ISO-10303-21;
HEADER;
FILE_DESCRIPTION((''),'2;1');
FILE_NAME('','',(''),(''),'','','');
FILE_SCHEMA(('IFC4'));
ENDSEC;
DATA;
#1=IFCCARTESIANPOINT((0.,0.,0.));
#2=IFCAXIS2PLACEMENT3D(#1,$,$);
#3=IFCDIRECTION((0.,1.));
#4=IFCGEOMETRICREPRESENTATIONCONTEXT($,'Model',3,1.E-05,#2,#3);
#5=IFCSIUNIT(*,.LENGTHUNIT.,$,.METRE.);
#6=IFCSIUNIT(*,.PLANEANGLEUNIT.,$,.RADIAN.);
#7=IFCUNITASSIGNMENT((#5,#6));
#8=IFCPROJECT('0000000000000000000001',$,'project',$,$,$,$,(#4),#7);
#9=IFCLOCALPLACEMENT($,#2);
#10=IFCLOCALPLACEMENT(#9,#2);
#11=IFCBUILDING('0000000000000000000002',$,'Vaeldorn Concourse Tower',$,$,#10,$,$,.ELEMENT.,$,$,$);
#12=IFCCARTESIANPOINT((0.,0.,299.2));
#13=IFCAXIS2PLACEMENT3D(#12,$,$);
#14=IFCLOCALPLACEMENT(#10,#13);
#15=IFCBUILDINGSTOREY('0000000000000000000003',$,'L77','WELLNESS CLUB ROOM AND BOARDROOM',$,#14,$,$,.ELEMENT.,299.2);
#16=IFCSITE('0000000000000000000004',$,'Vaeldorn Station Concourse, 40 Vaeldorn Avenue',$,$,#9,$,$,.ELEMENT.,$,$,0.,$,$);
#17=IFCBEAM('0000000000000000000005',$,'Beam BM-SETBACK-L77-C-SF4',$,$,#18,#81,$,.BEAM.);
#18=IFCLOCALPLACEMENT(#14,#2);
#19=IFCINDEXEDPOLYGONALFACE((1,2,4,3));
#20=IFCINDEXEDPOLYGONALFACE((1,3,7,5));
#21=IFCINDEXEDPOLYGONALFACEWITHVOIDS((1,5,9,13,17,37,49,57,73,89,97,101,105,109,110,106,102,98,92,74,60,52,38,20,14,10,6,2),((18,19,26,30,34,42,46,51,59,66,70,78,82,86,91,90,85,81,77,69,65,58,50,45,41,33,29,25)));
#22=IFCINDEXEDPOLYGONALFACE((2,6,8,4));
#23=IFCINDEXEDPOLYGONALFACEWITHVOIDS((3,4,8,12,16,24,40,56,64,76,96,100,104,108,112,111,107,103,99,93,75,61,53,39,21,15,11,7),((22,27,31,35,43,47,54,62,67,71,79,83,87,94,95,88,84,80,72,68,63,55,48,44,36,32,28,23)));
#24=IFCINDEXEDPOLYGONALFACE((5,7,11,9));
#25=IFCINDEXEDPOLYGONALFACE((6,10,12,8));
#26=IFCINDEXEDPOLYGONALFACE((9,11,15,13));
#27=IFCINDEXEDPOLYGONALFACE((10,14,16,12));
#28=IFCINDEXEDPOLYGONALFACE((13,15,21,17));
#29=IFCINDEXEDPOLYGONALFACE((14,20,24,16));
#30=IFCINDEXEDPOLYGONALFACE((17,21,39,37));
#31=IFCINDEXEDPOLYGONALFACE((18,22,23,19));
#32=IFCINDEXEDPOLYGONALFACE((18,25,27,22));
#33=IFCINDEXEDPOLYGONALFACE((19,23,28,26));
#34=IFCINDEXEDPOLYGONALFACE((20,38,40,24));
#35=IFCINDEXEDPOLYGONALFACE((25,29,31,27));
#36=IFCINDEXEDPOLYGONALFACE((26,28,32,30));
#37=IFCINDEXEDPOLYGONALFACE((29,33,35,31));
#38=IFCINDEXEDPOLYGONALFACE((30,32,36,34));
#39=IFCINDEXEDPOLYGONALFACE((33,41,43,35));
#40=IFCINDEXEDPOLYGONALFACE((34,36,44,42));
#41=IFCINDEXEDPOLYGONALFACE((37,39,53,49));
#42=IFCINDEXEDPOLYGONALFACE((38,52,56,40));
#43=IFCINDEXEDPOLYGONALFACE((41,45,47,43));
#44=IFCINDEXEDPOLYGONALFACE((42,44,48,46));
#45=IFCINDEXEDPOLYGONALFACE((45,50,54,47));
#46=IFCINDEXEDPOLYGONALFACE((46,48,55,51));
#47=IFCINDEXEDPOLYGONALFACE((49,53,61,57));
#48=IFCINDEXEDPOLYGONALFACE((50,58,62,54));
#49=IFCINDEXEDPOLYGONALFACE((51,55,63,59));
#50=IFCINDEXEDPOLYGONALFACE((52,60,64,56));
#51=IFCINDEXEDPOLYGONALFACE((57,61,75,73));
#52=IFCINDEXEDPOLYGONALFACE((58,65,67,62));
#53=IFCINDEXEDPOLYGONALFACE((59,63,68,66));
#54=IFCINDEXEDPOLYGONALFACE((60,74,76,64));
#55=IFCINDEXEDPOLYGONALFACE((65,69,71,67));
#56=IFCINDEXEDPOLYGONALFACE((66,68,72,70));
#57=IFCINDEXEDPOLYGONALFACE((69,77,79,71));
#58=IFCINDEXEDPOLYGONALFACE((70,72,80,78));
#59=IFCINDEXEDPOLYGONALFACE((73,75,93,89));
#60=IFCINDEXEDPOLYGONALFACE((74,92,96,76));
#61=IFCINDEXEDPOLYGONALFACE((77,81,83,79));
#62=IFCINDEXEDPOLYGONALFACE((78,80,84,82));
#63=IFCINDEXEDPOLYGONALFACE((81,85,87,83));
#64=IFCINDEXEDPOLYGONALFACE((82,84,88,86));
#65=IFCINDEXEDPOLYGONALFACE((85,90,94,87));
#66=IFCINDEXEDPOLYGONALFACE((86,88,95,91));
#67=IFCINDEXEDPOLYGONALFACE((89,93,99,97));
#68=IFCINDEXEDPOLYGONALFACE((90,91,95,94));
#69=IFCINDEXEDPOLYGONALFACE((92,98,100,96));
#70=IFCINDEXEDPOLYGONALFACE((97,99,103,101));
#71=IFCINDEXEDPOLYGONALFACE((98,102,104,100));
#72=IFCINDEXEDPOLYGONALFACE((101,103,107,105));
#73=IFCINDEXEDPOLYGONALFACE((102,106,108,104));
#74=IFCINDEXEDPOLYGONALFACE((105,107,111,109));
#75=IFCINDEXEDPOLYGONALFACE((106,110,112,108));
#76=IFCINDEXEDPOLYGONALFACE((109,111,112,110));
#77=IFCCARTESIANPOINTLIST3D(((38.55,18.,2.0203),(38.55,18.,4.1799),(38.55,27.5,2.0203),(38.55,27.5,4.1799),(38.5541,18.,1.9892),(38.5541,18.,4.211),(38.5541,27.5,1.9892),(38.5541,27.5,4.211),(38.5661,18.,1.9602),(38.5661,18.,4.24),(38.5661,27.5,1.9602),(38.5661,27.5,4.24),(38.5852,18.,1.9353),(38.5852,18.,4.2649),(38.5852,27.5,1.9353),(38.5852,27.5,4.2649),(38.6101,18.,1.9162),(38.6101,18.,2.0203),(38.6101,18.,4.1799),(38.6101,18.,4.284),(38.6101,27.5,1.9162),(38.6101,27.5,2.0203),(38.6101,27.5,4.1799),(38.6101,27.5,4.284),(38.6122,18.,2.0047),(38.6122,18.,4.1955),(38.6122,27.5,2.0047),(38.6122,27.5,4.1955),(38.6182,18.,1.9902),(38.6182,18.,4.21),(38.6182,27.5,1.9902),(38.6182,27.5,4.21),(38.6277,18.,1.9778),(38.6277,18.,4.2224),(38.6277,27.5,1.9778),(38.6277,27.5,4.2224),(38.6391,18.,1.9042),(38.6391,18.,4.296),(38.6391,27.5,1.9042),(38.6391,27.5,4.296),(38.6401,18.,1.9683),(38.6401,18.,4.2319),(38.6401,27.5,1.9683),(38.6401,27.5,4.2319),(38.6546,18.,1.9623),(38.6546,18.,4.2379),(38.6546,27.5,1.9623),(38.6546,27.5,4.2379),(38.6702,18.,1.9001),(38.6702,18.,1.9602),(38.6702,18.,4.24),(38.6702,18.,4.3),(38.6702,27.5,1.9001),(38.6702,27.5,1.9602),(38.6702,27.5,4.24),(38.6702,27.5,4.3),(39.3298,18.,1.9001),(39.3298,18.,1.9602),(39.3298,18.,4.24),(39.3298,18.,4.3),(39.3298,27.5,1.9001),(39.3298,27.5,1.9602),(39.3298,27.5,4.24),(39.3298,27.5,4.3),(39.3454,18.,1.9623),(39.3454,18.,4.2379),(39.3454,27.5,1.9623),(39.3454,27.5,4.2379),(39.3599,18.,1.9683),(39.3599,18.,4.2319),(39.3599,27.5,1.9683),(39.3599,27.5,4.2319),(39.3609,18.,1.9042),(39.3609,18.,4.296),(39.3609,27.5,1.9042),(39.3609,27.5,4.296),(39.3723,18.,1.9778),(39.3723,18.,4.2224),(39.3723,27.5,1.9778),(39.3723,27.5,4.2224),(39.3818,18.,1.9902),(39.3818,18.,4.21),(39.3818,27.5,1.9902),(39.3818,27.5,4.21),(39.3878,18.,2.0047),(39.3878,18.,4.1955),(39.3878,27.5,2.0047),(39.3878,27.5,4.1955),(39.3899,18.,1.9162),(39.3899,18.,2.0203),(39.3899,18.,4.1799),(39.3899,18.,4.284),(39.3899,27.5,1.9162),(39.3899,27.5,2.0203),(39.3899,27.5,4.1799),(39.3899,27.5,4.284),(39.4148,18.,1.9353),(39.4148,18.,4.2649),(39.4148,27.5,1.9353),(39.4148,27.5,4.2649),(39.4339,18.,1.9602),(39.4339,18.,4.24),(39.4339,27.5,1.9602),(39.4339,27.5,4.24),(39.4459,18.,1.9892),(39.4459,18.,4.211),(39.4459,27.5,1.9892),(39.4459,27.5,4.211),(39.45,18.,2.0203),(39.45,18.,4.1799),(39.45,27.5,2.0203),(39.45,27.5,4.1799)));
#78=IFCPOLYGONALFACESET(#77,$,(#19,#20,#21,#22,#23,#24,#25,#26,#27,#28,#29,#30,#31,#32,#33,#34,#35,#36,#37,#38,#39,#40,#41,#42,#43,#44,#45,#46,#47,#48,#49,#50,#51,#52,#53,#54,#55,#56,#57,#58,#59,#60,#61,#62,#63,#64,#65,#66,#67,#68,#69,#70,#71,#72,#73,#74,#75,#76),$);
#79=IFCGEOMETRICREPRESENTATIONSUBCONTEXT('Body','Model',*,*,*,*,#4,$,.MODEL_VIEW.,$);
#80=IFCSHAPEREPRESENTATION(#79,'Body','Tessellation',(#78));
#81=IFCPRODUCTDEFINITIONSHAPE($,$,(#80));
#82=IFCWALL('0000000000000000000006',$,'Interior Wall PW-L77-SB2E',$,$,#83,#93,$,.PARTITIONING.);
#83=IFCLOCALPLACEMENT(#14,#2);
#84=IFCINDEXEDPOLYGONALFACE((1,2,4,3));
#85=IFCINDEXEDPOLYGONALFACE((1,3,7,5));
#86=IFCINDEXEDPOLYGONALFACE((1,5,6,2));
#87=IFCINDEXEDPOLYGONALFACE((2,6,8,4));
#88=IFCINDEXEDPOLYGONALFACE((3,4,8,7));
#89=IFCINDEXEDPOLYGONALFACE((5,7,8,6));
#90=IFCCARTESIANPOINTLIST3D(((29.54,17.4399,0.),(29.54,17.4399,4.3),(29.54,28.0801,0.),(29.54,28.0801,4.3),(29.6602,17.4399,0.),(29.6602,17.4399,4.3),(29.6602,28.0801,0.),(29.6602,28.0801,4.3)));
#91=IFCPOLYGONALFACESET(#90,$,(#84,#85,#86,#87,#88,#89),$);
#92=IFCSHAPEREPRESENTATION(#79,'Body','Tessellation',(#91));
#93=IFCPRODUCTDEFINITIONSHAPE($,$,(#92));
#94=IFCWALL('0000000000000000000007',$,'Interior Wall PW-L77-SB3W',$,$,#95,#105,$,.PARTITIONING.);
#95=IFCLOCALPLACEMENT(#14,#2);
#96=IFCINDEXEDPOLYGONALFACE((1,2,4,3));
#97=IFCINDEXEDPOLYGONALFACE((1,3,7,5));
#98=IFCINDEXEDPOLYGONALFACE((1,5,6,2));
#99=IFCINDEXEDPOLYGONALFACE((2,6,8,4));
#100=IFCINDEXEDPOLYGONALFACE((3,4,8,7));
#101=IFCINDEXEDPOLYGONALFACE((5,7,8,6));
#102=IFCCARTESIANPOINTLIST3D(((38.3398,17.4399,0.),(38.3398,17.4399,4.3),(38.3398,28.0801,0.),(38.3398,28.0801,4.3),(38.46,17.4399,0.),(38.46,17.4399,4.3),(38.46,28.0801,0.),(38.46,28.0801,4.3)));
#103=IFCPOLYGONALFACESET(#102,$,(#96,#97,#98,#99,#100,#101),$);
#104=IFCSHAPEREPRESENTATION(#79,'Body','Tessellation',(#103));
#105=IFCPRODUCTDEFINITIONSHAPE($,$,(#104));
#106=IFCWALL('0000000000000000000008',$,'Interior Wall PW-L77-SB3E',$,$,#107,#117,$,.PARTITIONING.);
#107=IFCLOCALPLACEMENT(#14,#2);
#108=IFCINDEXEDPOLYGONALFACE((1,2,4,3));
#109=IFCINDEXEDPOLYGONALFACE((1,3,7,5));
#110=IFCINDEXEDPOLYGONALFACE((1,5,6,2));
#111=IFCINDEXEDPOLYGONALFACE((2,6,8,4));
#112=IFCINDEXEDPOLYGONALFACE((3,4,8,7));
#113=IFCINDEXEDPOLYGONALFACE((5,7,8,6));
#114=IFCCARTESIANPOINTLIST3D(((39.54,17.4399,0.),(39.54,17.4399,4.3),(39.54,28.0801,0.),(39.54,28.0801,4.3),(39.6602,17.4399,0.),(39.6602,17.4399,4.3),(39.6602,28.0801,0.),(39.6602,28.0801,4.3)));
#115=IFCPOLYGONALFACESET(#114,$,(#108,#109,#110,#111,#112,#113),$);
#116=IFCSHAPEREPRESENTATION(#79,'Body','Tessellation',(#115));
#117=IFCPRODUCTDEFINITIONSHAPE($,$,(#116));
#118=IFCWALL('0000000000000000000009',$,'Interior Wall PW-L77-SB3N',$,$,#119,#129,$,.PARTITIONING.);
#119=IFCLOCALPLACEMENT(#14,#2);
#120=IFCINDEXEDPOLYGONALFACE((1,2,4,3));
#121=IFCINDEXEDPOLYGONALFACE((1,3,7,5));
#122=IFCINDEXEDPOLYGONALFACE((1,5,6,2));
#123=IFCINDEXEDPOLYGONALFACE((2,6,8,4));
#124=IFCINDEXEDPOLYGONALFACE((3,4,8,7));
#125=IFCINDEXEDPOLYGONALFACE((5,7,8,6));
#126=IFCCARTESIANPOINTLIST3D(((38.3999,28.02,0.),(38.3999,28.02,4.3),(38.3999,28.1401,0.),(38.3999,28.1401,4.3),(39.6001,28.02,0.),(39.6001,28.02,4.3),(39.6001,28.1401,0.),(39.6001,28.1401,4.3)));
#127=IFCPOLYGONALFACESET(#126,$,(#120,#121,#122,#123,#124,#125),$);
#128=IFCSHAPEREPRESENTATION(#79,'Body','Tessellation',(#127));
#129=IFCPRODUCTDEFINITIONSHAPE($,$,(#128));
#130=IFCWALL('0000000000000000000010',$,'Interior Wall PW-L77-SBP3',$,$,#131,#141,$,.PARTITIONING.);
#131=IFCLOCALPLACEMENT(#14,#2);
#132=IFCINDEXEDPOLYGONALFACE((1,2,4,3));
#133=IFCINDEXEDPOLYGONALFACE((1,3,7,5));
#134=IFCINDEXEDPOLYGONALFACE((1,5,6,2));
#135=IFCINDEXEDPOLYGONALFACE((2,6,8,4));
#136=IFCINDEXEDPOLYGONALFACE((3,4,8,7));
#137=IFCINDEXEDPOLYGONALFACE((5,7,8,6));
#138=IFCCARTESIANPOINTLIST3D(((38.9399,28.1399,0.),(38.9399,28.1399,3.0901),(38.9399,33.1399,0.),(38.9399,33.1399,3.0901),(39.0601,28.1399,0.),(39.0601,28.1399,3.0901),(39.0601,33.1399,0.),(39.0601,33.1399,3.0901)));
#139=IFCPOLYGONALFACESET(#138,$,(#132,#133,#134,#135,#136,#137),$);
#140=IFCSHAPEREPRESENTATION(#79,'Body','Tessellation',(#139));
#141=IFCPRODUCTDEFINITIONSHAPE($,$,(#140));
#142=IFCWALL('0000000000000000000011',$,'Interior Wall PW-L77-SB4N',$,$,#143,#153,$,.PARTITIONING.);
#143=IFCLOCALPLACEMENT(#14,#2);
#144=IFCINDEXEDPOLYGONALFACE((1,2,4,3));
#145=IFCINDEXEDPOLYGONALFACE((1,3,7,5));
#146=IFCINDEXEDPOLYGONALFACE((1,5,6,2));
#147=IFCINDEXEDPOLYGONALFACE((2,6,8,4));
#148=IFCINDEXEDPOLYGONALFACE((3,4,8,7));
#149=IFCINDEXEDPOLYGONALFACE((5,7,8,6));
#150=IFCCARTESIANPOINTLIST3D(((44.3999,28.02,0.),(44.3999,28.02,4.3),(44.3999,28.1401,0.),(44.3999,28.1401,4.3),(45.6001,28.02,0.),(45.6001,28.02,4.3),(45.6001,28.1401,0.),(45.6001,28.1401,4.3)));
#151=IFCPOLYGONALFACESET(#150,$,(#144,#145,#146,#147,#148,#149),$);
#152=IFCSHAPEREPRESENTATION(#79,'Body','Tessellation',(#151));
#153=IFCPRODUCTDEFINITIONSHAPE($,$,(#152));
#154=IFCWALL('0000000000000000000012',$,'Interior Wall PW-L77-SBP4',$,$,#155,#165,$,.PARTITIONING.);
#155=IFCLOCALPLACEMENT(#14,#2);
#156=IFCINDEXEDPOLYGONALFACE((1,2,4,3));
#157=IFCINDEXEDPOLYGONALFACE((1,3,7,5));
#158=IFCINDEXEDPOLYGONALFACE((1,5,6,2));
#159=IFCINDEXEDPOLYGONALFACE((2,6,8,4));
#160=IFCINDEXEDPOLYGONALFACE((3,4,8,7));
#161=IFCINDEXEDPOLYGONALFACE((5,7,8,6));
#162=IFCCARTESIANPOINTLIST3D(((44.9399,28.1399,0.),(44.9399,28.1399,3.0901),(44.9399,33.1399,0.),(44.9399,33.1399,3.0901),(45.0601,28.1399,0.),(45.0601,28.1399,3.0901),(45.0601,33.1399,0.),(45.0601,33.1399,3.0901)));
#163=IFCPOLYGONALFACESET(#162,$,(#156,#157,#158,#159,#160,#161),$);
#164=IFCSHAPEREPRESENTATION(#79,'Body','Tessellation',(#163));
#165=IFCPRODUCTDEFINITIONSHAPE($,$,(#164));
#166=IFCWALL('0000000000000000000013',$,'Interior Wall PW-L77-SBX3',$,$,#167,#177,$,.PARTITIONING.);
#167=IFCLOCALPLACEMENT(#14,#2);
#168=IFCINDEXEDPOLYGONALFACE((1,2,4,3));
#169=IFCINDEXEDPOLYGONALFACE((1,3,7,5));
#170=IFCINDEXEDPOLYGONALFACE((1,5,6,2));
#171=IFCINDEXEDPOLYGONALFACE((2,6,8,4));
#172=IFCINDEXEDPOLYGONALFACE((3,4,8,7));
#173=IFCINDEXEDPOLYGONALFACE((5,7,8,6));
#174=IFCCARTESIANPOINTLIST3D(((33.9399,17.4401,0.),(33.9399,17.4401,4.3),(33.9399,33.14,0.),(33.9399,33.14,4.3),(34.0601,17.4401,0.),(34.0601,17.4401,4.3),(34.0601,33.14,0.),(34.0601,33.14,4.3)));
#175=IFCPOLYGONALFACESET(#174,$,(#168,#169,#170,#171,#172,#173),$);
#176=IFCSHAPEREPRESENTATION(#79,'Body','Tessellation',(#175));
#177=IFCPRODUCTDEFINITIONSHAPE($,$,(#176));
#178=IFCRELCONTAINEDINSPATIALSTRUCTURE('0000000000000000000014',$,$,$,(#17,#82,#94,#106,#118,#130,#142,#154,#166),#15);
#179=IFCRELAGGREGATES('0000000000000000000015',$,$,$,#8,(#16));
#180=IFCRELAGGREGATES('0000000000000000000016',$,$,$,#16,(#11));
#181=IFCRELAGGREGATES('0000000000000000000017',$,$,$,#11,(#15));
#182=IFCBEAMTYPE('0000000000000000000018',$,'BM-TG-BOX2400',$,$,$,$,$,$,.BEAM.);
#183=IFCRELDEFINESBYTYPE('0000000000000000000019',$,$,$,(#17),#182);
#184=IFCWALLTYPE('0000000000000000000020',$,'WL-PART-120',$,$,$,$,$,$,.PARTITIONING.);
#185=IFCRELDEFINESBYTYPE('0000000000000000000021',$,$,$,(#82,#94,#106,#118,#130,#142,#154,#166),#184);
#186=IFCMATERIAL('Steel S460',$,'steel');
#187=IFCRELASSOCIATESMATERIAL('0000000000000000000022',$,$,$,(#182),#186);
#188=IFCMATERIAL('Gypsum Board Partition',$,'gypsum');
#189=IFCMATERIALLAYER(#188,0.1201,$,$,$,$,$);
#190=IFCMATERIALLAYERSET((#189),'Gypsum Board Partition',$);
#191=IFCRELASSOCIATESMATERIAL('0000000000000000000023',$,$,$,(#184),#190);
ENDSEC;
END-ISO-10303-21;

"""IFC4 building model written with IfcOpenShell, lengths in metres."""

from ifc_helpers import new_model, si_unit, direction, frame, frame_2d, origin, origin_2d, place, context, subcontext, project, spatial, rectangle, hollow_rectangle, extrude, source, transform, mapped, material, layer, layer_set, material_profile, profile_set, type_object, element, save


model = new_model("IFC4")

# Units and contexts
model_context = context("Model", 3, precision=1e-05, world=origin(), true_north=direction((0.0, 1.0)))
body_context = subcontext(model_context, "Body", "Model", "MODEL_VIEW")
ifc_project = project(units=[si_unit("LENGTHUNIT", "METRE"), si_unit("PLANEANGLEUNIT", "RADIAN")], contexts=[model_context])

# Site, building, storey
site_placement = place(None, origin())
site = spatial("IfcSite", under=ifc_project, at=site_placement, Name="Vaeldorn Station Concourse, 40 Vaeldorn Avenue", CompositionType="ELEMENT", RefElevation=0.0)
building_placement = place(site_placement, origin())
building = spatial("IfcBuilding", under=site, at=building_placement, Name="Vaeldorn Concourse Tower", CompositionType="ELEMENT")
storey_placement = place(building_placement, frame((0.0, 0.0, 299.2)))
storey = spatial("IfcBuildingStorey", under=building, at=storey_placement, Name="L77", Description="WELLNESS CLUB ROOM AND BOARDROOM", CompositionType="ELEMENT", Elevation=299.2)

# Beam
ifc_material_1 = material(Name="Steel S460", Category="steel")
ifc_material_profile_1 = material_profile(ifc_material_1, hollow_rectangle(XDim=0.8999, YDim=2.3999, WallThickness=0.0601, InnerFilletRadius=0.0601, OuterFilletRadius=0.1201, at=origin_2d()), Name="RHS 2400x900x60")
ifc_profile_set_1 = profile_set([ifc_material_profile_1], Name="Steel S460")
beam_type_1 = type_object("IfcBeamType", Name="BM-TG-BOX2400", PredefinedType="BEAM", material=ifc_profile_set_1)
shared_shape_1 = source(origin(), body_context, "Body", "SweptSolid", [
    extrude(hollow_rectangle(XDim=0.8999, YDim=2.3999, WallThickness=0.0601, InnerFilletRadius=0.0601, OuterFilletRadius=0.1201, at=origin_2d()), origin(), (0.0, 0.0, 1.0), 9.5),
])
beam_1_placement = place(storey_placement, frame((39.0, 18.0, 3.1001), z_axis=(0.0, 1.0, 0.0), x_axis=(-1.0, 0.0, 0.0)))
element("IfcBeam", 1, at=beam_1_placement, inside=storey, type_object=beam_type_1, Name="Beam BM-SETBACK-L77-C-SF4", PredefinedType="BEAM", context=body_context, shape_type="MappedRepresentation", body=[
    mapped(shared_shape_1, transform((0.0, 0.0, 0.0), scale=1.0)),
])

# Walls
ifc_material_2 = material(Name="Gypsum Board Partition", Category="gypsum")
ifc_layer = layer(ifc_material_2, 0.1201)
ifc_layer_set = layer_set([ifc_layer], Name="Gypsum Board Partition")
wall_type = type_object("IfcWallType", Name="WL-PART-120", PredefinedType="PARTITIONING", material=ifc_layer_set)
for number, where, z_axis, x_axis, name in (
    (2, (29.6001, 17.4399, 0.0), (0.0, 0.0, 1.0), (0.0, 1.0, 0.0), "Interior Wall PW-L77-SB2E"),
    (3, (38.3999, 17.4399, 0.0), (0.0, 0.0, 1.0), (0.0, 1.0, 0.0), "Interior Wall PW-L77-SB3W"),
    (4, (39.6001, 17.4399, 0.0), (0.0, 0.0, 1.0), (0.0, 1.0, 0.0), "Interior Wall PW-L77-SB3E"),
):
    element("IfcWall", number, at=place(storey_placement, frame(where, z_axis=z_axis, x_axis=x_axis)), inside=storey, type_object=wall_type, Name=name, PredefinedType="PARTITIONING", context=body_context, shape_type="SweptSolid", body=[
        extrude(rectangle(XDim=10.6401, YDim=0.1201, at=frame_2d((5.3201, 0.0))), origin(), (0.0, 0.0, 1.0), 4.3),
    ])
wall_1_placement = place(storey_placement, frame((38.3999, 28.0801, 0.0), z_axis=(0.0, 0.0, 1.0), x_axis=(1.0, 0.0, 0.0)))
element("IfcWall", 5, at=wall_1_placement, inside=storey, type_object=wall_type, Name="Interior Wall PW-L77-SB3N", PredefinedType="PARTITIONING", context=body_context, shape_type="SweptSolid", body=[
    extrude(rectangle(XDim=1.2002, YDim=0.1201, at=frame_2d((0.6001, 0.0))), origin(), (0.0, 0.0, 1.0), 4.3),
])
wall_2_placement = place(storey_placement, frame((39.0, 28.1399, 0.0), z_axis=(0.0, 0.0, 1.0), x_axis=(0.0, 1.0, 0.0)))
element("IfcWall", 6, at=wall_2_placement, inside=storey, type_object=wall_type, Name="Interior Wall PW-L77-SBP3", PredefinedType="PARTITIONING", context=body_context, shape_type="SweptSolid", body=[
    extrude(rectangle(XDim=5.0, YDim=0.1201, at=frame_2d((2.5, 0.0))), origin(), (0.0, 0.0, 1.0), 3.0901),
])
wall_3_placement = place(storey_placement, frame((44.3999, 28.0801, 0.0), z_axis=(0.0, 0.0, 1.0), x_axis=(1.0, 0.0, 0.0)))
element("IfcWall", 7, at=wall_3_placement, inside=storey, type_object=wall_type, Name="Interior Wall PW-L77-SB4N", PredefinedType="PARTITIONING", context=body_context, shape_type="SweptSolid", body=[
    extrude(rectangle(XDim=1.2002, YDim=0.1201, at=frame_2d((0.6001, 0.0))), origin(), (0.0, 0.0, 1.0), 4.3),
])
wall_4_placement = place(storey_placement, frame((45.0, 28.1399, 0.0), z_axis=(0.0, 0.0, 1.0), x_axis=(0.0, 1.0, 0.0)))
element("IfcWall", 8, at=wall_4_placement, inside=storey, type_object=wall_type, Name="Interior Wall PW-L77-SBP4", PredefinedType="PARTITIONING", context=body_context, shape_type="SweptSolid", body=[
    extrude(rectangle(XDim=5.0, YDim=0.1201, at=frame_2d((2.5, 0.0))), origin(), (0.0, 0.0, 1.0), 3.0901),
])
wall_5_placement = place(storey_placement, frame((34.0, 17.4399, 0.0), z_axis=(0.0, 0.0, 1.0), x_axis=(0.0, 1.0, 0.0)))
element("IfcWall", 9, at=wall_5_placement, inside=storey, type_object=wall_type, Name="Interior Wall PW-L77-SBX3", PredefinedType="PARTITIONING", context=body_context, shape_type="SweptSolid", body=[
    extrude(rectangle(XDim=15.7, YDim=0.1201, at=frame_2d((7.8501, 0.0))), origin(), (0.0, 0.0, 1.0), 4.3),
])

save(model, "model.ifc")
